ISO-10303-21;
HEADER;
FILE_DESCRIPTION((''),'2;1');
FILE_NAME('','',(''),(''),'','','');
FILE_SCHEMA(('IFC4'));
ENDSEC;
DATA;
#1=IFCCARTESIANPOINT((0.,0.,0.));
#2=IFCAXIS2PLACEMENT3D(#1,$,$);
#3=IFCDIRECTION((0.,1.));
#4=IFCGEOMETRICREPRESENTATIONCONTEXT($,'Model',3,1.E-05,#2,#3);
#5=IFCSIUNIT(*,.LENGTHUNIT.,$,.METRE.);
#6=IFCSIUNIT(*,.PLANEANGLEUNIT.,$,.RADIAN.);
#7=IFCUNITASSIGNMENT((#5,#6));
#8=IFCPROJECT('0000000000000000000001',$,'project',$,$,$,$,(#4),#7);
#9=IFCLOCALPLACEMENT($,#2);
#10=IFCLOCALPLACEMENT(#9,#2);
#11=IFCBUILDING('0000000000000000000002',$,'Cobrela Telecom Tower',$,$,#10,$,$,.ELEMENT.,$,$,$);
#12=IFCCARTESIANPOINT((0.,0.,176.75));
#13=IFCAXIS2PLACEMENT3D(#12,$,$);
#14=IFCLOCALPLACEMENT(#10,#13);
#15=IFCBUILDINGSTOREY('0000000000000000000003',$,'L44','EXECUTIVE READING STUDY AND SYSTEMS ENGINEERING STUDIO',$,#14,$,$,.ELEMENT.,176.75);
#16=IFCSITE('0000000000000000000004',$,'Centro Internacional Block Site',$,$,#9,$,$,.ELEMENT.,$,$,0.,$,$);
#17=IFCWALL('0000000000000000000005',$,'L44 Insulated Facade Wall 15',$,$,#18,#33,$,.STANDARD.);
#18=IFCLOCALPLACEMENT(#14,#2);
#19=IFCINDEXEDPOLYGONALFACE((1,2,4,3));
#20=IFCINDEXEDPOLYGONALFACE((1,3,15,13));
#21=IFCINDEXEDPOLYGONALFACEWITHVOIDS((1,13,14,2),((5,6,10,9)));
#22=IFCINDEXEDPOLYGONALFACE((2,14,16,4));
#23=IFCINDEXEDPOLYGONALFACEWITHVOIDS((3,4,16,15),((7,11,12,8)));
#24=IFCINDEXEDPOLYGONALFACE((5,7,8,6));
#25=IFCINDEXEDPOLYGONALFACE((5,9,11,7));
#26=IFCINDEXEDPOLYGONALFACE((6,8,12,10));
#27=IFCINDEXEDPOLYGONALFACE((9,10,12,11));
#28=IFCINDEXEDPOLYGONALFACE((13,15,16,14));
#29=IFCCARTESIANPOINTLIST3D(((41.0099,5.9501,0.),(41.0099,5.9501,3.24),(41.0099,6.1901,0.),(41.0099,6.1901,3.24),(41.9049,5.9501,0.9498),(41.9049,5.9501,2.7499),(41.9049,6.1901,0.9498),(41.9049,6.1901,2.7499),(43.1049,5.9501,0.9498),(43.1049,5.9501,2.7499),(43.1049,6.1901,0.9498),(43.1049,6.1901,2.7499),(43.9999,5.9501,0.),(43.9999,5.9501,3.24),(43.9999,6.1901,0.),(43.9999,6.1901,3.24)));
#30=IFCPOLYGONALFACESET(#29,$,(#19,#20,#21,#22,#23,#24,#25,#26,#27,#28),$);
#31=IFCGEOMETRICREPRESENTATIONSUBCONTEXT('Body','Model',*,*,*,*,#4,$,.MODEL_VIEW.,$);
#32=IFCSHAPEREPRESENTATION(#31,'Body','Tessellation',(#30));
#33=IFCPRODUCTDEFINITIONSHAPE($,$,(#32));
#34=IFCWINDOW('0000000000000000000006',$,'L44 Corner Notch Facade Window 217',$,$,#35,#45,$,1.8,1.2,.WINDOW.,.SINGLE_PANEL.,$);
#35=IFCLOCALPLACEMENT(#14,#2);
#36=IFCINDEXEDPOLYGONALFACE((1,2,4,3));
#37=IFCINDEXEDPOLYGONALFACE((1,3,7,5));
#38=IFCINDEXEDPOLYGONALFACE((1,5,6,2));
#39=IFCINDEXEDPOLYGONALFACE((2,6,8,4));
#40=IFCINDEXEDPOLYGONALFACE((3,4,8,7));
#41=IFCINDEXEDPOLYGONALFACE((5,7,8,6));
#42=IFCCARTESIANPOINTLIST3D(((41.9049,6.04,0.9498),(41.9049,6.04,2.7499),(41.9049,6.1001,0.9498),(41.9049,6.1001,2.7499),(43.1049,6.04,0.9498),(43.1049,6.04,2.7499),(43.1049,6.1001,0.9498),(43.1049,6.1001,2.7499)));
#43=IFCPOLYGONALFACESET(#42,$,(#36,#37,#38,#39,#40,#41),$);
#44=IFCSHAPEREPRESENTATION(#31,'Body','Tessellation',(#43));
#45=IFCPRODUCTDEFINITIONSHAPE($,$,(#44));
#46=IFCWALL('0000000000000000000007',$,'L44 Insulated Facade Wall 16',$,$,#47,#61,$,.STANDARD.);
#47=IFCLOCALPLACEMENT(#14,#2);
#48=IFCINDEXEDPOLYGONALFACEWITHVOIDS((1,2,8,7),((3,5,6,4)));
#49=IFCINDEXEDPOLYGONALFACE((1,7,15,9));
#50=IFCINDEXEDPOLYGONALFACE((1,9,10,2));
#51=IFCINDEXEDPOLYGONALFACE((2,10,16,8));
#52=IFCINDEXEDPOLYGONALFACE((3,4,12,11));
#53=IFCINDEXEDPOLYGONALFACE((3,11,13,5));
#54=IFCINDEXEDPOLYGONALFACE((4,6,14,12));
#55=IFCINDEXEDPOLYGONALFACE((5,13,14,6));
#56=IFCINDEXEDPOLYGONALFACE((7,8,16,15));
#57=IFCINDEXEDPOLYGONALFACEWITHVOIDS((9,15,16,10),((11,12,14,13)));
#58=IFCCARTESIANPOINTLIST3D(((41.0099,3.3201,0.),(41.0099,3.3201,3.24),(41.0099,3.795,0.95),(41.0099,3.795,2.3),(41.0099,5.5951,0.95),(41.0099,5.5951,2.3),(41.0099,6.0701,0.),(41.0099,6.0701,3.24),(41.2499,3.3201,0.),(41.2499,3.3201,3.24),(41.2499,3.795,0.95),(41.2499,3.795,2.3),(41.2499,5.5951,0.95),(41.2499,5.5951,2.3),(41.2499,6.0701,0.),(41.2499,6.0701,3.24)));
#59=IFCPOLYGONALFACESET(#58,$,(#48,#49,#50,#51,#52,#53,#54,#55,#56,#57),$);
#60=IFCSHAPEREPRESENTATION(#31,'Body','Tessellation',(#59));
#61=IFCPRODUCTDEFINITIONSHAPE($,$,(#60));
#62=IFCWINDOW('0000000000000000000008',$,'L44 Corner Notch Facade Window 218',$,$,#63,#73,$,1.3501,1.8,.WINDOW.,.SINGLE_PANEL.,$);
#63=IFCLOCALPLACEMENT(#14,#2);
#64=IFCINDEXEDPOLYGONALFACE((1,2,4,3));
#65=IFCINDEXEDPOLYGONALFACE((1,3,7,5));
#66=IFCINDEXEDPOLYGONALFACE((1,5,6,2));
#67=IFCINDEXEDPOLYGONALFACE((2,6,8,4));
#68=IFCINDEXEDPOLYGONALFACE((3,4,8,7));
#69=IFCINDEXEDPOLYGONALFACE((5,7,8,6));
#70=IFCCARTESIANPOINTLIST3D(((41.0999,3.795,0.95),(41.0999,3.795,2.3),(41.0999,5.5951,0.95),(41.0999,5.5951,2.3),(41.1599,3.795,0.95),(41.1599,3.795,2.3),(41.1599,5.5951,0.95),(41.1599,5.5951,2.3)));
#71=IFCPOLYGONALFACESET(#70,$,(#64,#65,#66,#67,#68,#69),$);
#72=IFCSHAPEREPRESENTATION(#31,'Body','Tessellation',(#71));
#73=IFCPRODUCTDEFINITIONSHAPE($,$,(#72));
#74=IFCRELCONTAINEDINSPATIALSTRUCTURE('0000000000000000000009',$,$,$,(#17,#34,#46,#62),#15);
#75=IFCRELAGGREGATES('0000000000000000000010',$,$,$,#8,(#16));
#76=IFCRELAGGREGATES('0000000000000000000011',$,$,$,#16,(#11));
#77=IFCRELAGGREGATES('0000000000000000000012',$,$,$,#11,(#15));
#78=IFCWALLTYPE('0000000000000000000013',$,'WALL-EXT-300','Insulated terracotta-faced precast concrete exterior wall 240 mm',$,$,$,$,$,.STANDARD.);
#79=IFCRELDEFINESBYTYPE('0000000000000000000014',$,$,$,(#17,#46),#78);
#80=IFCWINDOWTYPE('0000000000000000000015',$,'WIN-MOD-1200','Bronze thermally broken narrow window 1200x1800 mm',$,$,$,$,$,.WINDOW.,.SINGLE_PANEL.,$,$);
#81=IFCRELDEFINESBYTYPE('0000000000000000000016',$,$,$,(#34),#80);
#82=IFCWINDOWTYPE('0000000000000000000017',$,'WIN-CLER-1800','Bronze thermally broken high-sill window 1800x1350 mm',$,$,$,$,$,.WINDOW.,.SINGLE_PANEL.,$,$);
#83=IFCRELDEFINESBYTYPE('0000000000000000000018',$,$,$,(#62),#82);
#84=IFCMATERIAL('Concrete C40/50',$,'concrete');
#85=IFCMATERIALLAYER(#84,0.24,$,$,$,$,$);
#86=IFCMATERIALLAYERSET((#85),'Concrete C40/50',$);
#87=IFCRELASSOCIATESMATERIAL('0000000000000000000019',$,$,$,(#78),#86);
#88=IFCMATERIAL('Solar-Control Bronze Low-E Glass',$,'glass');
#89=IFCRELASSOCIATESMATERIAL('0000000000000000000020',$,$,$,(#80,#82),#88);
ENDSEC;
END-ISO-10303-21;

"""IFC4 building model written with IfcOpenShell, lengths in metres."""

from ifc_helpers import new_model, si_unit, direction, frame, frame_2d, origin, place, context, subcontext, project, spatial, rectangle, extrude, material, layer, layer_set, type_object, element, fill, save


model = new_model("IFC4")

# Units and contexts
model_context = context("Model", 3, precision=1e-05, world=origin(), true_north=direction((0.0, 1.0)))
body_context = subcontext(model_context, "Body", "Model", "MODEL_VIEW")
ifc_project = project(units=[si_unit("LENGTHUNIT", "METRE"), si_unit("PLANEANGLEUNIT", "RADIAN")], contexts=[model_context])

# Site, building, storey
site_placement = place(None, origin())
site = spatial("IfcSite", under=ifc_project, at=site_placement, Name="Centro Internacional Block Site", CompositionType="ELEMENT", RefElevation=0.0)
building_placement = place(site_placement, origin())
building = spatial("IfcBuilding", under=site, at=building_placement, Name="Cobrela Telecom Tower", CompositionType="ELEMENT")
storey_placement = place(building_placement, frame((0.0, 0.0, 176.75)))
storey = spatial("IfcBuildingStorey", under=building, at=storey_placement, Name="L44", Description="EXECUTIVE READING STUDY AND SYSTEMS ENGINEERING STUDIO", CompositionType="ELEMENT", Elevation=176.75)

# Shared definitions
ifc_material_1 = material(Name="Solar-Control Bronze Low-E Glass", Category="glass")

# Walls, openings, windows
ifc_material_2 = material(Name="Concrete C40/50", Category="concrete")
ifc_layer_1 = layer(ifc_material_2, 0.24)
ifc_layer_set_1 = layer_set([ifc_layer_1], Name="Concrete C40/50")
wall_type = type_object("IfcWallType", Name="WALL-EXT-300", Description="Insulated terracotta-faced precast concrete exterior wall 240 mm", PredefinedType="STANDARD", material=ifc_layer_set_1)
wall_1_placement = place(storey_placement, frame((44.0, 6.0701, 0.0), z_axis=(0.0, 0.0, 1.0), x_axis=(-1.0, 0.0, 0.0)))
wall_1 = element("IfcWall", 1, at=wall_1_placement, inside=storey, type_object=wall_type, Name="L44 Insulated Facade Wall 15", PredefinedType="STANDARD", context=body_context, shape_type="SweptSolid", body=[
    extrude(rectangle(XDim=2.99, YDim=0.24, at=frame_2d((1.4951, 0.0))), origin(), (0.0, 0.0, 1.0), 3.24),
])
opening_1_placement = place(wall_1_placement, frame((0.895, 0.0, 0.95)))
opening_1 = element("IfcOpeningElement", 2, at=opening_1_placement, cuts=wall_1, PredefinedType="OPENING", context=body_context, shape_type="SweptSolid", body=[
    extrude(rectangle(XDim=1.2, YDim=1.8, at=frame_2d((0.6001, 0.8999))), frame((0.0, 0.1318, 0.0), z_axis=(0.0, -1.0, 0.0), x_axis=(1.0, 0.0, 0.0)), (0.0, 0.0, 1.0), 0.2639),
])
window_type_1 = type_object("IfcWindowType", Name="WIN-MOD-1200", Description="Bronze thermally broken narrow window 1200x1800 mm", PartitioningType="SINGLE_PANEL", PredefinedType="WINDOW", material=ifc_material_1)
window_1_placement = place(opening_1_placement, origin())
window_1 = element("IfcWindow", 3, at=window_1_placement, inside=storey, type_object=window_type_1, Name="L44 Corner Notch Facade Window 217", OverallHeight=1.8, OverallWidth=1.2, PartitioningType="SINGLE_PANEL", PredefinedType="WINDOW", context=body_context, shape_type="SweptSolid", body=[
    extrude(rectangle(XDim=1.2, YDim=1.8, at=frame_2d((0.6001, 0.8999))), frame((0.0, 0.03, 0.0), z_axis=(0.0, -1.0, 0.0), x_axis=(1.0, 0.0, 0.0)), (0.0, 0.0, 1.0), 0.0601),
])
fill(opening_1, window_1)
wall_2_placement = place(storey_placement, frame((41.1299, 6.0701, 0.0), z_axis=(0.0, 0.0, 1.0), x_axis=(0.0, -1.0, 0.0)))
wall_2 = element("IfcWall", 4, at=wall_2_placement, inside=storey, type_object=wall_type, Name="L44 Insulated Facade Wall 16", PredefinedType="STANDARD", context=body_context, shape_type="SweptSolid", body=[
    extrude(rectangle(XDim=2.75, YDim=0.24, at=frame_2d((1.375, 0.0))), origin(), (0.0, 0.0, 1.0), 3.24),
])
opening_2_placement = place(wall_2_placement, frame((0.4751, 0.0, 0.95)))
opening_2 = element("IfcOpeningElement", 5, at=opening_2_placement, cuts=wall_2, PredefinedType="OPENING", context=body_context, shape_type="SweptSolid", body=[
    extrude(rectangle(XDim=1.8, YDim=1.3501, at=frame_2d((0.8999, 0.675))), frame((0.0, 0.1318, 0.0), z_axis=(0.0, -1.0, 0.0), x_axis=(1.0, 0.0, 0.0)), (0.0, 0.0, 1.0), 0.2639),
])
window_type_2 = type_object("IfcWindowType", Name="WIN-CLER-1800", Description="Bronze thermally broken high-sill window 1800x1350 mm", PartitioningType="SINGLE_PANEL", PredefinedType="WINDOW", material=ifc_material_1)
window_2_placement = place(opening_2_placement, origin())
window_2 = element("IfcWindow", 6, at=window_2_placement, inside=storey, type_object=window_type_2, Name="L44 Corner Notch Facade Window 218", OverallHeight=1.3501, OverallWidth=1.8, PartitioningType="SINGLE_PANEL", PredefinedType="WINDOW", context=body_context, shape_type="SweptSolid", body=[
    extrude(rectangle(XDim=1.8, YDim=1.3501, at=frame_2d((0.8999, 0.675))), frame((0.0, 0.03, 0.0), z_axis=(0.0, -1.0, 0.0), x_axis=(1.0, 0.0, 0.0)), (0.0, 0.0, 1.0), 0.0601),
])
fill(opening_2, window_2)

save(model, "model.ifc")
